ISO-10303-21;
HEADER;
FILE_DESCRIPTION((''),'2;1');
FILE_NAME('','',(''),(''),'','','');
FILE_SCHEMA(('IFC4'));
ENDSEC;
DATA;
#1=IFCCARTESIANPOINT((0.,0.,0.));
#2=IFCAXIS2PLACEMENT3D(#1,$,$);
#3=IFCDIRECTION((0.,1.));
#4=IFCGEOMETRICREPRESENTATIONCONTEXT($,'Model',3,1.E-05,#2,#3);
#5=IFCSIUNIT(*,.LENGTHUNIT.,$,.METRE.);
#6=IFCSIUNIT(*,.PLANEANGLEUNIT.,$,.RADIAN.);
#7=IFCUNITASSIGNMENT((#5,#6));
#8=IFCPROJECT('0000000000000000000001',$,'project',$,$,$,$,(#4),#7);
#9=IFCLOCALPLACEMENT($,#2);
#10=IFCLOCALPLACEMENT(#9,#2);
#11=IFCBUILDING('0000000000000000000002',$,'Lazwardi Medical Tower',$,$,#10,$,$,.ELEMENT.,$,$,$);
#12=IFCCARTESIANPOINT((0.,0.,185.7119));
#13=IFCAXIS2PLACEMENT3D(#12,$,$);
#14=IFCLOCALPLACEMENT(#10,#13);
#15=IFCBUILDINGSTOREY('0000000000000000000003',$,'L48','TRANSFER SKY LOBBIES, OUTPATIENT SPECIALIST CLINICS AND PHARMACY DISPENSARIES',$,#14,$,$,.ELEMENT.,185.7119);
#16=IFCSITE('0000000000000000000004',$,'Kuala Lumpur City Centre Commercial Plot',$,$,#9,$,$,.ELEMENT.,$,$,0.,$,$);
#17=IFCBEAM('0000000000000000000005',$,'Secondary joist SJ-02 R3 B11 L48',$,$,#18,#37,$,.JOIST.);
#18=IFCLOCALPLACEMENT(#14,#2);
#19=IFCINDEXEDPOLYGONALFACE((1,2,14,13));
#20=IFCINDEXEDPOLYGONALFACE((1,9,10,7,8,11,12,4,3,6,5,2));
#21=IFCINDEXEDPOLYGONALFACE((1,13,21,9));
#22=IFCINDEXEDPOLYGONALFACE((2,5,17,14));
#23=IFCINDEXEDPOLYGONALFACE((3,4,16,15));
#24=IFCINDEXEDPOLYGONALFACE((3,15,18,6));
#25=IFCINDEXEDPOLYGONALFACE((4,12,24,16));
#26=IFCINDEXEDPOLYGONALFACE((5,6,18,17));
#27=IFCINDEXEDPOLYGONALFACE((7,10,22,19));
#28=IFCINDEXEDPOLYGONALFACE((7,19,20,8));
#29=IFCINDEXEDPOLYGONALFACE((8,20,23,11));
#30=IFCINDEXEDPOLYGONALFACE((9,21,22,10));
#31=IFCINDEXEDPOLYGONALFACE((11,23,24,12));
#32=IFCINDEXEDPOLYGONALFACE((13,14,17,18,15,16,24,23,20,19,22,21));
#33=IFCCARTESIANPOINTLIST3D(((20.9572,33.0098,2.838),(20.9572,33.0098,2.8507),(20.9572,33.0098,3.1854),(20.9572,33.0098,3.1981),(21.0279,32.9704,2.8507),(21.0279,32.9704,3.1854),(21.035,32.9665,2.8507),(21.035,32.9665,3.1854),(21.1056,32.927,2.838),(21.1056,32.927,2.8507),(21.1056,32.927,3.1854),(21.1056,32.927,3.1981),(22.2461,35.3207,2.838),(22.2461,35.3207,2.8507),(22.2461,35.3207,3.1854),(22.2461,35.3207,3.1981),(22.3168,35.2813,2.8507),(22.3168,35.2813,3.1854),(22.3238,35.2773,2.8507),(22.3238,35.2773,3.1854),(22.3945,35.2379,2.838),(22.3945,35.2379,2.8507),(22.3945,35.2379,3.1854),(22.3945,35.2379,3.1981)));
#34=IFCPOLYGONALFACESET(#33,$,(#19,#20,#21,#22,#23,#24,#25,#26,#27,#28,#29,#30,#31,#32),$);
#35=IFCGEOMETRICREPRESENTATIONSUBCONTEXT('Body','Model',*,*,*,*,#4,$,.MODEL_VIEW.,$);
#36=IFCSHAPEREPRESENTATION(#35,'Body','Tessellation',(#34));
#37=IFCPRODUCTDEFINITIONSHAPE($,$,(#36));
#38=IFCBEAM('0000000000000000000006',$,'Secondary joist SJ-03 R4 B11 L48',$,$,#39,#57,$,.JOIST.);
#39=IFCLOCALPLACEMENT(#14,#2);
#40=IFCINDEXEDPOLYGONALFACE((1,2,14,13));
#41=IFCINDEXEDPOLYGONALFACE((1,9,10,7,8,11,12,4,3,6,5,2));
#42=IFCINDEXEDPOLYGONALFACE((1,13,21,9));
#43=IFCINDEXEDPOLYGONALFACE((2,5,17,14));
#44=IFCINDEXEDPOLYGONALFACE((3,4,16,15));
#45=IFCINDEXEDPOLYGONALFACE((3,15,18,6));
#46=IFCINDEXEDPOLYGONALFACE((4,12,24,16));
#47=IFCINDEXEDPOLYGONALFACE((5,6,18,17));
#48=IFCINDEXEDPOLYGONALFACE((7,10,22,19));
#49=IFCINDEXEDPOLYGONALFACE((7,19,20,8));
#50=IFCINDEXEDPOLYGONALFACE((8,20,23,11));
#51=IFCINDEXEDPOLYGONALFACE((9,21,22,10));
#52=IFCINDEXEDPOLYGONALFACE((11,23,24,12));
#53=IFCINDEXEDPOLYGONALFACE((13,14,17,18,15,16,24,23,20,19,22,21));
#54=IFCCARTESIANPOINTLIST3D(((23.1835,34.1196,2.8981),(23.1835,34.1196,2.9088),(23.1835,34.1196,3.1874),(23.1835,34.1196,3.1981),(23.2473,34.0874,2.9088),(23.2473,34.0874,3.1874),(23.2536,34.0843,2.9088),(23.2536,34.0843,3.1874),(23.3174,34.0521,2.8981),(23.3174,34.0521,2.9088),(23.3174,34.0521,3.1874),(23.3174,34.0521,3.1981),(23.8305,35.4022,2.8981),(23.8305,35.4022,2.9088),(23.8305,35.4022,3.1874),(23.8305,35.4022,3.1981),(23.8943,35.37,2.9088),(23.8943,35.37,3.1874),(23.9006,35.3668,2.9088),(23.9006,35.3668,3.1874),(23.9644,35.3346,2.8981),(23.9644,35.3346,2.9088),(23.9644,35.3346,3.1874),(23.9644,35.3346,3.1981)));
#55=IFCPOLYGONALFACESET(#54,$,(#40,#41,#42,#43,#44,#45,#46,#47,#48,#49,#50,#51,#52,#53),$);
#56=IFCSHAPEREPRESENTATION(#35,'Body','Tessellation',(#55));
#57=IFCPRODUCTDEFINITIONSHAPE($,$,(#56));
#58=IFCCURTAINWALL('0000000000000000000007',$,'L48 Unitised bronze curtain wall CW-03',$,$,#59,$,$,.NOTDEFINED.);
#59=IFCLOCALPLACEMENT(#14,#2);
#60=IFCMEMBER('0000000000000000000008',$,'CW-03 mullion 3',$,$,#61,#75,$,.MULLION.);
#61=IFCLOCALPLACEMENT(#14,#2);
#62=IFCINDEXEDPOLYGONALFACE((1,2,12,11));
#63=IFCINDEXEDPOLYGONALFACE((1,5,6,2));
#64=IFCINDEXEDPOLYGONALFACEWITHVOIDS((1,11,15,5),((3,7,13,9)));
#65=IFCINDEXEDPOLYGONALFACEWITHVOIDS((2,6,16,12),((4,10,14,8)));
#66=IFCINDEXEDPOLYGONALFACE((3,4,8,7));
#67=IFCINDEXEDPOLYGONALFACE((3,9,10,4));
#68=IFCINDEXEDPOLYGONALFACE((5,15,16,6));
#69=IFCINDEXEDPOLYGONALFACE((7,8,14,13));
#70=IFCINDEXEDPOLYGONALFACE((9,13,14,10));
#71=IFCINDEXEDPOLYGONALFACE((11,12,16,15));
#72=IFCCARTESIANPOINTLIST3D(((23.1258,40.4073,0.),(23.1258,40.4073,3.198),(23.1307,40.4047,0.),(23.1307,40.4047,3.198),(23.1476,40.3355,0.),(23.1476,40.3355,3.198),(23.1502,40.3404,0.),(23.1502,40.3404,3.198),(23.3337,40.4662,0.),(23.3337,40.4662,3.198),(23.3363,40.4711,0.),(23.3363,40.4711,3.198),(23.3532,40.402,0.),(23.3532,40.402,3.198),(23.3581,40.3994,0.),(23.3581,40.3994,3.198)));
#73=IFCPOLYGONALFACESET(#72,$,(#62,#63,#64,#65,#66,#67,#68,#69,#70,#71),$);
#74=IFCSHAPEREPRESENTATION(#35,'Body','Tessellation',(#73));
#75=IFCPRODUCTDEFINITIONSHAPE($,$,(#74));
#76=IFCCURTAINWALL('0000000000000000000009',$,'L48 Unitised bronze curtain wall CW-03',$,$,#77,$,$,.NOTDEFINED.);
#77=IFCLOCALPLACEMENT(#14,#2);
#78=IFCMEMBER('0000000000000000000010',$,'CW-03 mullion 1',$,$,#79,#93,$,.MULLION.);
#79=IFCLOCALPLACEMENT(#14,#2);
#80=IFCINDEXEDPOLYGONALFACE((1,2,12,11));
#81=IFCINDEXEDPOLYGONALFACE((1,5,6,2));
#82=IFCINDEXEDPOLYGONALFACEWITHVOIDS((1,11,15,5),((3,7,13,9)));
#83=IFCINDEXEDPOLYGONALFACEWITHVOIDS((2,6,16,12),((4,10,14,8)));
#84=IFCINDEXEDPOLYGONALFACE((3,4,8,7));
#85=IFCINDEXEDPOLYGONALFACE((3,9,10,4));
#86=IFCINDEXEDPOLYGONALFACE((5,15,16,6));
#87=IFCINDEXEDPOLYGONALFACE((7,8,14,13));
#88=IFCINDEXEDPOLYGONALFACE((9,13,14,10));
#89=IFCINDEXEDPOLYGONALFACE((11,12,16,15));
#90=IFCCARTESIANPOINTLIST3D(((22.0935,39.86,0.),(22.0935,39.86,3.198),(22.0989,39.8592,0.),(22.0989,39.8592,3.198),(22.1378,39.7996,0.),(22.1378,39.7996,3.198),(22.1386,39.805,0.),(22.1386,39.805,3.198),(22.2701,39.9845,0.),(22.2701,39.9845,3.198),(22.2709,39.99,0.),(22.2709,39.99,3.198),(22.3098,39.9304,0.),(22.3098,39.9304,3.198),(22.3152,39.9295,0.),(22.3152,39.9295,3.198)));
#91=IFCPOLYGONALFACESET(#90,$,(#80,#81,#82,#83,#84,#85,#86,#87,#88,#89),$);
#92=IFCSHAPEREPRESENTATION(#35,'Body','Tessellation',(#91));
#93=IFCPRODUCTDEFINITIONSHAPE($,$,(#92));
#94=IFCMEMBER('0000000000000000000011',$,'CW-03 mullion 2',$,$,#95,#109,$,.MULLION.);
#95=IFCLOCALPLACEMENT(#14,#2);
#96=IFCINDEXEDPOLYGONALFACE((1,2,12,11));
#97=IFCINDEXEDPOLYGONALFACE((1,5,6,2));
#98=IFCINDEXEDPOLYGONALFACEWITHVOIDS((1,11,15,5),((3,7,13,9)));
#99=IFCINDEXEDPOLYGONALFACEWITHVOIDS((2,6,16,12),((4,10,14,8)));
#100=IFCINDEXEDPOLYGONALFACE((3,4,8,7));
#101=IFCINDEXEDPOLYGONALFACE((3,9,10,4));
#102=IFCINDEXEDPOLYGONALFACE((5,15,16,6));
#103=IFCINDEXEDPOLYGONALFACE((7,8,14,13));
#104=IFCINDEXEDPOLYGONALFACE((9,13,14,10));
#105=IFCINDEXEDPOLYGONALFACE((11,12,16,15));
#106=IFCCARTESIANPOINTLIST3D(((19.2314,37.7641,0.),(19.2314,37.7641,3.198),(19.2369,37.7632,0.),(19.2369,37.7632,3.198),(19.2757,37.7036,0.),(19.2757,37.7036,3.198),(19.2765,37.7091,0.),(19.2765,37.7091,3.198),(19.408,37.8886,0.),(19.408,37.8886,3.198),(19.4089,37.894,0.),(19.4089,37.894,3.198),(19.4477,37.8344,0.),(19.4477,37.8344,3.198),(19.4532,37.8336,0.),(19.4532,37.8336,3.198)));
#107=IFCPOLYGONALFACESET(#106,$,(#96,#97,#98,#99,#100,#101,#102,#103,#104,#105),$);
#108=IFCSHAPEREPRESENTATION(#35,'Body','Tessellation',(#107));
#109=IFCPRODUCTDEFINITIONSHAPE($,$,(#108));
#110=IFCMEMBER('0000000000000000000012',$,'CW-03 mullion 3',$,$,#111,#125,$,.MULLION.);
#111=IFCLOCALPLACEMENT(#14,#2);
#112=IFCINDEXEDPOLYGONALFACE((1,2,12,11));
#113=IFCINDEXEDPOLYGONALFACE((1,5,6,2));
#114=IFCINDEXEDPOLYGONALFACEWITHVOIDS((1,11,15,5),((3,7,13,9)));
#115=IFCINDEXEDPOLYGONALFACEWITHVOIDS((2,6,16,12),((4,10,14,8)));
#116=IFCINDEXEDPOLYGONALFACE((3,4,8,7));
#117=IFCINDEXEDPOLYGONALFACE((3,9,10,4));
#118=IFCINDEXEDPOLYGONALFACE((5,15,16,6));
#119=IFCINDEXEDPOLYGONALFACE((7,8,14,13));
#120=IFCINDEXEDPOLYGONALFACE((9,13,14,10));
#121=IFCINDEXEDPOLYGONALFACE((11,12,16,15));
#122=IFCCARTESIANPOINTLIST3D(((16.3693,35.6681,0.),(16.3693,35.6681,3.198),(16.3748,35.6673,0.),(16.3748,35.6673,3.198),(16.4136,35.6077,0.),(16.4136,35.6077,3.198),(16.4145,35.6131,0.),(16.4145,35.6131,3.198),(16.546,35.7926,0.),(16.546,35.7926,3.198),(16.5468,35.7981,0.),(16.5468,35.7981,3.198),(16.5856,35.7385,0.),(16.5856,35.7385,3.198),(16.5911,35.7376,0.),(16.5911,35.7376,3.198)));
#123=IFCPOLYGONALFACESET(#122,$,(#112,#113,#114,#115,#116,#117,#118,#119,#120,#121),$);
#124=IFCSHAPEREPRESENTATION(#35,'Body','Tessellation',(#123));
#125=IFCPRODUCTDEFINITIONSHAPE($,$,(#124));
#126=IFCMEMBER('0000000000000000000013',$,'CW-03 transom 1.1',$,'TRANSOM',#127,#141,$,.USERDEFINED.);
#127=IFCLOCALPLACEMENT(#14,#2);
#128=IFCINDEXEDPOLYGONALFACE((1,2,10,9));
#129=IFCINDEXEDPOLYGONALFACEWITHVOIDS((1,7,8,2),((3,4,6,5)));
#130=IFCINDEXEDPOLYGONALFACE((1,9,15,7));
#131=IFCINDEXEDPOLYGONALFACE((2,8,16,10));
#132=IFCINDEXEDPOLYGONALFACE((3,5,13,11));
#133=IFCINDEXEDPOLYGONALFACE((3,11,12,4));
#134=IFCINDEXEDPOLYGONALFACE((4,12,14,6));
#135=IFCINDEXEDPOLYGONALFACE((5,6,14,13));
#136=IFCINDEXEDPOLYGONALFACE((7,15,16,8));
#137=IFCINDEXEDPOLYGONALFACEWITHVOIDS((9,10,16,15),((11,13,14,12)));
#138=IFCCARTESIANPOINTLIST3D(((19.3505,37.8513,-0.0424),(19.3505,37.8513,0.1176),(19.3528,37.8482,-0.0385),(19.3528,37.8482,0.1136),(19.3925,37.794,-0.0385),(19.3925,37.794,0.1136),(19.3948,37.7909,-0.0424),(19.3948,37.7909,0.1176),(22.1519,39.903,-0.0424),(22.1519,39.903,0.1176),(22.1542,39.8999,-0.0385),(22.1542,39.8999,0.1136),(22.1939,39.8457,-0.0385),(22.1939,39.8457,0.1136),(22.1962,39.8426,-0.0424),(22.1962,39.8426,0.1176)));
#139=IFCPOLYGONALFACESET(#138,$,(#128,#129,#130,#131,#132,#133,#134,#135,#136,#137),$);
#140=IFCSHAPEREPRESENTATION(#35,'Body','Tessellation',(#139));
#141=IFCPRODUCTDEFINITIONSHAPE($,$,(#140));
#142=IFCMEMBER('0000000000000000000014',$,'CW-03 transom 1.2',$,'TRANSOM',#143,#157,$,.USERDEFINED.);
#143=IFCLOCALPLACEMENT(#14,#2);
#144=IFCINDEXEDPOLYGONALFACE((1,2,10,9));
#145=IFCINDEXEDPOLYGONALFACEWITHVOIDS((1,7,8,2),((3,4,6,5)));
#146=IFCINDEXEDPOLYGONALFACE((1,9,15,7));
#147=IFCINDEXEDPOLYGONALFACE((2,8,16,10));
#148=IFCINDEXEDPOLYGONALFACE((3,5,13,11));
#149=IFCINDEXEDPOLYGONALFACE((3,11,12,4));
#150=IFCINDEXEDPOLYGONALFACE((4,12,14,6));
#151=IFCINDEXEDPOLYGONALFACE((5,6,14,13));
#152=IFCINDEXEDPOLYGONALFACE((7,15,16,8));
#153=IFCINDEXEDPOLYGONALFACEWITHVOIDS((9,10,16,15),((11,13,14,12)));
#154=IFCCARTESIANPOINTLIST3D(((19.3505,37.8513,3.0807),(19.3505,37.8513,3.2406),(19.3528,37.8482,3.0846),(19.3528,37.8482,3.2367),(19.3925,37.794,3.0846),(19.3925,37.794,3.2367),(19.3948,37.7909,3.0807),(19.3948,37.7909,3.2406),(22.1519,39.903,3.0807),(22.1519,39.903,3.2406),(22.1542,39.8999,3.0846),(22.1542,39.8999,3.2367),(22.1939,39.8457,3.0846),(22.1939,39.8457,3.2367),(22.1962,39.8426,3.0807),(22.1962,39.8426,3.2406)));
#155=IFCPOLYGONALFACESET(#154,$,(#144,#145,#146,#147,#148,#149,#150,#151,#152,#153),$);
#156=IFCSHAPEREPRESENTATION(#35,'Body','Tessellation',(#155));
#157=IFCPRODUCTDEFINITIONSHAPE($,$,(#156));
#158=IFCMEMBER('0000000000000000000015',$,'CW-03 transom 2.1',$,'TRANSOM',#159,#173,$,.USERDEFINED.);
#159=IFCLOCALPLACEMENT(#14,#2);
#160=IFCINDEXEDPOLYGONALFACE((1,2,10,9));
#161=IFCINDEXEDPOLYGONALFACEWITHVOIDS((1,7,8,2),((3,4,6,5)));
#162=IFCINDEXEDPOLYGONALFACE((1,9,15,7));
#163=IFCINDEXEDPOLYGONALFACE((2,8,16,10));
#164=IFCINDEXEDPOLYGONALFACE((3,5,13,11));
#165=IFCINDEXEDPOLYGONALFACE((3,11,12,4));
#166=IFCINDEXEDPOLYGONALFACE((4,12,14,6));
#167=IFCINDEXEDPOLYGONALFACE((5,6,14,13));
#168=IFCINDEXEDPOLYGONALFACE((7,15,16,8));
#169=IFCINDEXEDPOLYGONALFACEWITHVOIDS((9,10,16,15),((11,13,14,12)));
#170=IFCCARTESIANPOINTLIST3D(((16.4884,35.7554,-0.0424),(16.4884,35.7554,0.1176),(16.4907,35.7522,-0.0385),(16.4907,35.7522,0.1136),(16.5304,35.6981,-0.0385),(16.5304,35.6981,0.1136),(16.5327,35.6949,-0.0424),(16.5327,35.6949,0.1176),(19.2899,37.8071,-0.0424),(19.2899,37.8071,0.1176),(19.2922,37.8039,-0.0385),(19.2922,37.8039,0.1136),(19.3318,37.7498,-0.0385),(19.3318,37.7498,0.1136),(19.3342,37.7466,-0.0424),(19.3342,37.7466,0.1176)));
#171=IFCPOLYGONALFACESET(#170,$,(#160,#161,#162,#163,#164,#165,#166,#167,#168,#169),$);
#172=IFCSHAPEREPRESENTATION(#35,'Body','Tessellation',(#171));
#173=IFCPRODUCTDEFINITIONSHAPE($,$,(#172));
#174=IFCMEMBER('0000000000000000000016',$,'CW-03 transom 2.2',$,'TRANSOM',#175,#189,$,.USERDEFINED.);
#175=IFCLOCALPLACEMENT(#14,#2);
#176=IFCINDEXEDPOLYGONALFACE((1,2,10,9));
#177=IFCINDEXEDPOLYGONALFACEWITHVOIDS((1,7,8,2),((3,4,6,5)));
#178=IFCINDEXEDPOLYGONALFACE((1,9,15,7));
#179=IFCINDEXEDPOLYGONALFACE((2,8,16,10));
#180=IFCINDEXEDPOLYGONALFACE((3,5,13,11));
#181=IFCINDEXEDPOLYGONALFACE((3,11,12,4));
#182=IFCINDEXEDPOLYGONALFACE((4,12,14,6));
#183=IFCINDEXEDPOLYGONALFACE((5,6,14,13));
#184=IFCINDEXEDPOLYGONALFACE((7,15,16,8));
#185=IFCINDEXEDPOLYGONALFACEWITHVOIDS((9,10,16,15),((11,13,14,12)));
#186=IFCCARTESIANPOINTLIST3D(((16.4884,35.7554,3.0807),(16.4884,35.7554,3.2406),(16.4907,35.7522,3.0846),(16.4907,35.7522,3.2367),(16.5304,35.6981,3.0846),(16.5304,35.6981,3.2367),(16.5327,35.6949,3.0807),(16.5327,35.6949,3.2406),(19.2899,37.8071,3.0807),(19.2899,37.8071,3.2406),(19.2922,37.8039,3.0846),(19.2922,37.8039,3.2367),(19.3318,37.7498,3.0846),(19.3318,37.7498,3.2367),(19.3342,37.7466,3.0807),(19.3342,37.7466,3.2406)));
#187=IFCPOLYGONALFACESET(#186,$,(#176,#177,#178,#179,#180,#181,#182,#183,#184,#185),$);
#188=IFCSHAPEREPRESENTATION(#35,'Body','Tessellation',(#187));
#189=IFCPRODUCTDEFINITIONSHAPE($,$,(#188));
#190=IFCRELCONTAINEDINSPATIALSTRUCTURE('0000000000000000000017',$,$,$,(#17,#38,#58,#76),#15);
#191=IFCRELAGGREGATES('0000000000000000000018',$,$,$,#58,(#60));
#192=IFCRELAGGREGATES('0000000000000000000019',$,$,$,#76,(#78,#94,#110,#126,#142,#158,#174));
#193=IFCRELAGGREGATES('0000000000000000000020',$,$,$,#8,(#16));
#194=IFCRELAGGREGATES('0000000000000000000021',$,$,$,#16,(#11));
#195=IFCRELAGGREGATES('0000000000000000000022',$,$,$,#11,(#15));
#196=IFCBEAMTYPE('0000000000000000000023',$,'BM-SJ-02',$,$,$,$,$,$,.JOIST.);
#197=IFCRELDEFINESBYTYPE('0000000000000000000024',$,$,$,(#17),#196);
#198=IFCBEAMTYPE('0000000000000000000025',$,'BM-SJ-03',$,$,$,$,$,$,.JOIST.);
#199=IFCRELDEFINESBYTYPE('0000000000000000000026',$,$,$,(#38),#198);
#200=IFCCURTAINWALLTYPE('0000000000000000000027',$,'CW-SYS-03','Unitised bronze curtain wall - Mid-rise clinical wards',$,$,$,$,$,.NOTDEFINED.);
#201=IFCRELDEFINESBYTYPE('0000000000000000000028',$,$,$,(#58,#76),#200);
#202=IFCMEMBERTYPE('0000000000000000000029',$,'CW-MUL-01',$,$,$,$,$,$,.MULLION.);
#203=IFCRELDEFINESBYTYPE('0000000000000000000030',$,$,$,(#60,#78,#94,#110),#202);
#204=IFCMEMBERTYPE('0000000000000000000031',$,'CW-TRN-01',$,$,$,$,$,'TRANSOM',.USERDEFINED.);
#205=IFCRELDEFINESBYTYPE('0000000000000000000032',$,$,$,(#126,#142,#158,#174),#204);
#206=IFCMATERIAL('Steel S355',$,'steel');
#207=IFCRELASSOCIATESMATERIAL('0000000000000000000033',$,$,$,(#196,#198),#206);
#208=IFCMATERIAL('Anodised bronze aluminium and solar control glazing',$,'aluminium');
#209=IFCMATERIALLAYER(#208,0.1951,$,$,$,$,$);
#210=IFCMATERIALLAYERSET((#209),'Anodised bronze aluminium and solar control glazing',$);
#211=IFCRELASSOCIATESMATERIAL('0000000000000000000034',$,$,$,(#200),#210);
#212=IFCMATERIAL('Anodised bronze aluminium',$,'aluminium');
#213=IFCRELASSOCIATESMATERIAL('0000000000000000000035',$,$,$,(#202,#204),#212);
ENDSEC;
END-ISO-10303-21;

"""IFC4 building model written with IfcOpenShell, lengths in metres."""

from ifc_helpers import new_model, si_unit, direction, frame, origin, origin_2d, place, context, subcontext, project, spatial, hollow_rectangle, i_section, extrude, material, layer, layer_set, material_profile, profile_set, type_object, element, aggregate, save


model = new_model("IFC4")

# Units and contexts
model_context = context("Model", 3, precision=1e-05, world=origin(), true_north=direction((0.0, 1.0)))
body_context = subcontext(model_context, "Body", "Model", "MODEL_VIEW")
ifc_project = project(units=[si_unit("LENGTHUNIT", "METRE"), si_unit("PLANEANGLEUNIT", "RADIAN")], contexts=[model_context])

# Site, building, storey
site_placement = place(None, origin())
site = spatial("IfcSite", under=ifc_project, at=site_placement, Name="Kuala Lumpur City Centre Commercial Plot", CompositionType="ELEMENT", RefElevation=0.0)
building_placement = place(site_placement, origin())
building = spatial("IfcBuilding", under=site, at=building_placement, Name="Lazwardi Medical Tower", CompositionType="ELEMENT")
storey_placement = place(building_placement, frame((0.0, 0.0, 185.7119)))
storey = spatial("IfcBuildingStorey", under=building, at=storey_placement, Name="L48", Description="TRANSFER SKY LOBBIES, OUTPATIENT SPECIALIST CLINICS AND PHARMACY DISPENSARIES", CompositionType="ELEMENT", Elevation=185.7119)

# Beams
ifc_material_1 = material(Name="Steel S355", Category="steel")
ifc_material_profile_1 = material_profile(ifc_material_1, i_section(OverallWidth=0.1699, OverallDepth=0.3601, WebThickness=0.0081, FlangeThickness=0.0127, at=origin_2d()), Name="IPE 360")
ifc_profile_set_1 = profile_set([ifc_material_profile_1], Name="Steel S355")
beam_type_1 = type_object("IfcBeamType", Name="BM-SJ-02", PredefinedType="JOIST", material=ifc_profile_set_1)
beam_1_placement = place(storey_placement, frame((22.3203, 35.2793, 3.0181), z_axis=(-0.487099, -0.873347, 0.0), x_axis=(0.873347, -0.487099, 0.0)))
element("IfcBeam", 1, at=beam_1_placement, inside=storey, type_object=beam_type_1, Name="Secondary joist SJ-02 R3 B11 L48", PredefinedType="JOIST", context=body_context, shape_type="SweptSolid", body=[
    extrude(i_section(OverallWidth=0.1699, OverallDepth=0.3601, WebThickness=0.0081, FlangeThickness=0.0127, at=origin_2d()), origin(), (0.0, 0.0, 1.0), 2.646),
])
ifc_material_profile_2 = material_profile(ifc_material_1, i_section(OverallWidth=0.1499, OverallDepth=0.3, WebThickness=0.0071, FlangeThickness=0.0107, at=origin_2d()), Name="IPE 300")
ifc_profile_set_2 = profile_set([ifc_material_profile_2], Name="Steel S355")
beam_type_2 = type_object("IfcBeamType", Name="BM-SJ-03", PredefinedType="JOIST", material=ifc_profile_set_2)
beam_2_placement = place(storey_placement, frame((23.8975, 35.3684, 3.0481), z_axis=(-0.450406, -0.892824, 0.0), x_axis=(0.892824, -0.450406, 0.0)))
element("IfcBeam", 2, at=beam_2_placement, inside=storey, type_object=beam_type_2, Name="Secondary joist SJ-03 R4 B11 L48", PredefinedType="JOIST", context=body_context, shape_type="SweptSolid", body=[
    extrude(i_section(OverallWidth=0.1499, OverallDepth=0.3, WebThickness=0.0071, FlangeThickness=0.0107, at=origin_2d()), origin(), (0.0, 0.0, 1.0), 1.4365),
])

# Curtain wall, member
ifc_material_2 = material(Name="Anodised bronze aluminium and solar control glazing", Category="aluminium")
ifc_layer_1 = layer(ifc_material_2, 0.1951)
ifc_layer_set_1 = layer_set([ifc_layer_1], Name="Anodised bronze aluminium and solar control glazing")
curtain_wall_type = type_object("IfcCurtainWallType", Name="CW-SYS-03", Description="Unitised bronze curtain wall - Mid-rise clinical wards", PredefinedType="NOTDEFINED", material=ifc_layer_set_1)
curtain_wall_1_placement = place(storey_placement, origin())
curtain_wall_1 = element("IfcCurtainWall", 3, at=curtain_wall_1_placement, inside=storey, type_object=curtain_wall_type, Name="L48 Unitised bronze curtain wall CW-03", PredefinedType="NOTDEFINED")
ifc_material_3 = material(Name="Anodised bronze aluminium", Category="aluminium")
ifc_material_profile_3 = material_profile(ifc_material_3, hollow_rectangle(XDim=0.075, YDim=0.22, WallThickness=0.0039, at=origin_2d()), Name="ALU-MULLION 220x75x4")
ifc_profile_set_3 = profile_set([ifc_material_profile_3], Name="Anodised bronze aluminium")
member_type_1 = type_object("IfcMemberType", Name="CW-MUL-01", PredefinedType="MULLION", material=ifc_profile_set_3)
member_1_placement = place(storey_placement, frame((23.2419, 40.4033, 0.0), z_axis=(0.0, 0.0, 1.0), x_axis=(0.290281, -0.956942, 0.0)))
member_1 = element("IfcMember", 4, at=member_1_placement, type_object=member_type_1, Name="CW-03 mullion 3", PredefinedType="MULLION", context=body_context, shape_type="SweptSolid", body=[
    extrude(hollow_rectangle(XDim=0.075, YDim=0.22, WallThickness=0.0039, at=origin_2d()), origin(), (0.0, 0.0, 1.0), 3.198),
])

# Curtain wall, members
curtain_wall_2_placement = place(storey_placement, origin())
curtain_wall_2 = element("IfcCurtainWall", 5, at=curtain_wall_2_placement, inside=storey, type_object=curtain_wall_type, Name="L48 Unitised bronze curtain wall CW-03", PredefinedType="NOTDEFINED")
member_2_placement = place(storey_placement, frame((22.2043, 39.8948, 0.0), z_axis=(0.0, 0.0, 1.0), x_axis=(0.590834, -0.806793, 0.0)))
member_2 = element("IfcMember", 6, at=member_2_placement, type_object=member_type_1, Name="CW-03 mullion 1", PredefinedType="MULLION", context=body_context, shape_type="SweptSolid", body=[
    extrude(hollow_rectangle(XDim=0.075, YDim=0.22, WallThickness=0.0039, at=origin_2d()), origin(), (0.0, 0.0, 1.0), 3.198),
])
member_3_placement = place(storey_placement, frame((19.3423, 37.7988, 0.0), z_axis=(0.0, 0.0, 1.0), x_axis=(0.590834, -0.806793, 0.0)))
member_3 = element("IfcMember", 7, at=member_3_placement, type_object=member_type_1, Name="CW-03 mullion 2", PredefinedType="MULLION", context=body_context, shape_type="SweptSolid", body=[
    extrude(hollow_rectangle(XDim=0.075, YDim=0.22, WallThickness=0.0039, at=origin_2d()), origin(), (0.0, 0.0, 1.0), 3.198),
])
member_4_placement = place(storey_placement, frame((16.4802, 35.7029, 0.0), z_axis=(0.0, 0.0, 1.0), x_axis=(0.590834, -0.806793, 0.0)))
member_4 = element("IfcMember", 8, at=member_4_placement, type_object=member_type_1, Name="CW-03 mullion 3", PredefinedType="MULLION", context=body_context, shape_type="SweptSolid", body=[
    extrude(hollow_rectangle(XDim=0.075, YDim=0.22, WallThickness=0.0039, at=origin_2d()), origin(), (0.0, 0.0, 1.0), 3.198),
])
ifc_material_profile_4 = material_profile(ifc_material_3, hollow_rectangle(XDim=0.075, YDim=0.1599, WallThickness=0.0039, at=origin_2d()), Name="ALU-TRANSOM 160x75x4")
ifc_profile_set_4 = profile_set([ifc_material_profile_4], Name="Anodised bronze aluminium")
member_type_2 = type_object("IfcMemberType", Name="CW-TRN-01", ElementType="TRANSOM", PredefinedType="USERDEFINED", material=ifc_profile_set_4)
member_5_placement = place(storey_placement, frame((22.1741, 39.8728, 0.0376), z_axis=(-0.806774, -0.590861, 0.0), x_axis=(0.590861, -0.806774, 0.0)))
member_5 = element("IfcMember", 9, at=member_5_placement, type_object=member_type_2, Name="CW-03 transom 1.1", ObjectType="TRANSOM", PredefinedType="USERDEFINED", context=body_context, shape_type="SweptSolid", body=[
    extrude(hollow_rectangle(XDim=0.075, YDim=0.1599, WallThickness=0.0039, at=origin_2d()), origin(), (0.0, 0.0, 1.0), 3.4724),
])
member_6_placement = place(storey_placement, frame((22.1741, 39.8728, 3.1606), z_axis=(-0.806774, -0.590861, 0.0), x_axis=(0.590861, -0.806774, 0.0)))
member_6 = element("IfcMember", 10, at=member_6_placement, type_object=member_type_2, Name="CW-03 transom 1.2", ObjectType="TRANSOM", PredefinedType="USERDEFINED", context=body_context, shape_type="SweptSolid", body=[
    extrude(hollow_rectangle(XDim=0.075, YDim=0.1599, WallThickness=0.0039, at=origin_2d()), origin(), (0.0, 0.0, 1.0), 3.4724),
])
member_7_placement = place(storey_placement, frame((19.312, 37.7769, 0.0376), z_axis=(-0.806774, -0.590861, 0.0), x_axis=(0.590861, -0.806774, 0.0)))
member_7 = element("IfcMember", 11, at=member_7_placement, type_object=member_type_2, Name="CW-03 transom 2.1", ObjectType="TRANSOM", PredefinedType="USERDEFINED", context=body_context, shape_type="SweptSolid", body=[
    extrude(hollow_rectangle(XDim=0.075, YDim=0.1599, WallThickness=0.0039, at=origin_2d()), origin(), (0.0, 0.0, 1.0), 3.4724),
])
member_8_placement = place(storey_placement, frame((19.312, 37.7769, 3.1606), z_axis=(-0.806774, -0.590861, 0.0), x_axis=(0.590861, -0.806774, 0.0)))
member_8 = element("IfcMember", 12, at=member_8_placement, type_object=member_type_2, Name="CW-03 transom 2.2", ObjectType="TRANSOM", PredefinedType="USERDEFINED", context=body_context, shape_type="SweptSolid", body=[
    extrude(hollow_rectangle(XDim=0.075, YDim=0.1599, WallThickness=0.0039, at=origin_2d()), origin(), (0.0, 0.0, 1.0), 3.4724),
])

aggregate(curtain_wall_1, [member_1])
aggregate(curtain_wall_2, [member_2, member_3, member_4, member_5, member_6, member_7, member_8])

save(model, "model.ifc")
